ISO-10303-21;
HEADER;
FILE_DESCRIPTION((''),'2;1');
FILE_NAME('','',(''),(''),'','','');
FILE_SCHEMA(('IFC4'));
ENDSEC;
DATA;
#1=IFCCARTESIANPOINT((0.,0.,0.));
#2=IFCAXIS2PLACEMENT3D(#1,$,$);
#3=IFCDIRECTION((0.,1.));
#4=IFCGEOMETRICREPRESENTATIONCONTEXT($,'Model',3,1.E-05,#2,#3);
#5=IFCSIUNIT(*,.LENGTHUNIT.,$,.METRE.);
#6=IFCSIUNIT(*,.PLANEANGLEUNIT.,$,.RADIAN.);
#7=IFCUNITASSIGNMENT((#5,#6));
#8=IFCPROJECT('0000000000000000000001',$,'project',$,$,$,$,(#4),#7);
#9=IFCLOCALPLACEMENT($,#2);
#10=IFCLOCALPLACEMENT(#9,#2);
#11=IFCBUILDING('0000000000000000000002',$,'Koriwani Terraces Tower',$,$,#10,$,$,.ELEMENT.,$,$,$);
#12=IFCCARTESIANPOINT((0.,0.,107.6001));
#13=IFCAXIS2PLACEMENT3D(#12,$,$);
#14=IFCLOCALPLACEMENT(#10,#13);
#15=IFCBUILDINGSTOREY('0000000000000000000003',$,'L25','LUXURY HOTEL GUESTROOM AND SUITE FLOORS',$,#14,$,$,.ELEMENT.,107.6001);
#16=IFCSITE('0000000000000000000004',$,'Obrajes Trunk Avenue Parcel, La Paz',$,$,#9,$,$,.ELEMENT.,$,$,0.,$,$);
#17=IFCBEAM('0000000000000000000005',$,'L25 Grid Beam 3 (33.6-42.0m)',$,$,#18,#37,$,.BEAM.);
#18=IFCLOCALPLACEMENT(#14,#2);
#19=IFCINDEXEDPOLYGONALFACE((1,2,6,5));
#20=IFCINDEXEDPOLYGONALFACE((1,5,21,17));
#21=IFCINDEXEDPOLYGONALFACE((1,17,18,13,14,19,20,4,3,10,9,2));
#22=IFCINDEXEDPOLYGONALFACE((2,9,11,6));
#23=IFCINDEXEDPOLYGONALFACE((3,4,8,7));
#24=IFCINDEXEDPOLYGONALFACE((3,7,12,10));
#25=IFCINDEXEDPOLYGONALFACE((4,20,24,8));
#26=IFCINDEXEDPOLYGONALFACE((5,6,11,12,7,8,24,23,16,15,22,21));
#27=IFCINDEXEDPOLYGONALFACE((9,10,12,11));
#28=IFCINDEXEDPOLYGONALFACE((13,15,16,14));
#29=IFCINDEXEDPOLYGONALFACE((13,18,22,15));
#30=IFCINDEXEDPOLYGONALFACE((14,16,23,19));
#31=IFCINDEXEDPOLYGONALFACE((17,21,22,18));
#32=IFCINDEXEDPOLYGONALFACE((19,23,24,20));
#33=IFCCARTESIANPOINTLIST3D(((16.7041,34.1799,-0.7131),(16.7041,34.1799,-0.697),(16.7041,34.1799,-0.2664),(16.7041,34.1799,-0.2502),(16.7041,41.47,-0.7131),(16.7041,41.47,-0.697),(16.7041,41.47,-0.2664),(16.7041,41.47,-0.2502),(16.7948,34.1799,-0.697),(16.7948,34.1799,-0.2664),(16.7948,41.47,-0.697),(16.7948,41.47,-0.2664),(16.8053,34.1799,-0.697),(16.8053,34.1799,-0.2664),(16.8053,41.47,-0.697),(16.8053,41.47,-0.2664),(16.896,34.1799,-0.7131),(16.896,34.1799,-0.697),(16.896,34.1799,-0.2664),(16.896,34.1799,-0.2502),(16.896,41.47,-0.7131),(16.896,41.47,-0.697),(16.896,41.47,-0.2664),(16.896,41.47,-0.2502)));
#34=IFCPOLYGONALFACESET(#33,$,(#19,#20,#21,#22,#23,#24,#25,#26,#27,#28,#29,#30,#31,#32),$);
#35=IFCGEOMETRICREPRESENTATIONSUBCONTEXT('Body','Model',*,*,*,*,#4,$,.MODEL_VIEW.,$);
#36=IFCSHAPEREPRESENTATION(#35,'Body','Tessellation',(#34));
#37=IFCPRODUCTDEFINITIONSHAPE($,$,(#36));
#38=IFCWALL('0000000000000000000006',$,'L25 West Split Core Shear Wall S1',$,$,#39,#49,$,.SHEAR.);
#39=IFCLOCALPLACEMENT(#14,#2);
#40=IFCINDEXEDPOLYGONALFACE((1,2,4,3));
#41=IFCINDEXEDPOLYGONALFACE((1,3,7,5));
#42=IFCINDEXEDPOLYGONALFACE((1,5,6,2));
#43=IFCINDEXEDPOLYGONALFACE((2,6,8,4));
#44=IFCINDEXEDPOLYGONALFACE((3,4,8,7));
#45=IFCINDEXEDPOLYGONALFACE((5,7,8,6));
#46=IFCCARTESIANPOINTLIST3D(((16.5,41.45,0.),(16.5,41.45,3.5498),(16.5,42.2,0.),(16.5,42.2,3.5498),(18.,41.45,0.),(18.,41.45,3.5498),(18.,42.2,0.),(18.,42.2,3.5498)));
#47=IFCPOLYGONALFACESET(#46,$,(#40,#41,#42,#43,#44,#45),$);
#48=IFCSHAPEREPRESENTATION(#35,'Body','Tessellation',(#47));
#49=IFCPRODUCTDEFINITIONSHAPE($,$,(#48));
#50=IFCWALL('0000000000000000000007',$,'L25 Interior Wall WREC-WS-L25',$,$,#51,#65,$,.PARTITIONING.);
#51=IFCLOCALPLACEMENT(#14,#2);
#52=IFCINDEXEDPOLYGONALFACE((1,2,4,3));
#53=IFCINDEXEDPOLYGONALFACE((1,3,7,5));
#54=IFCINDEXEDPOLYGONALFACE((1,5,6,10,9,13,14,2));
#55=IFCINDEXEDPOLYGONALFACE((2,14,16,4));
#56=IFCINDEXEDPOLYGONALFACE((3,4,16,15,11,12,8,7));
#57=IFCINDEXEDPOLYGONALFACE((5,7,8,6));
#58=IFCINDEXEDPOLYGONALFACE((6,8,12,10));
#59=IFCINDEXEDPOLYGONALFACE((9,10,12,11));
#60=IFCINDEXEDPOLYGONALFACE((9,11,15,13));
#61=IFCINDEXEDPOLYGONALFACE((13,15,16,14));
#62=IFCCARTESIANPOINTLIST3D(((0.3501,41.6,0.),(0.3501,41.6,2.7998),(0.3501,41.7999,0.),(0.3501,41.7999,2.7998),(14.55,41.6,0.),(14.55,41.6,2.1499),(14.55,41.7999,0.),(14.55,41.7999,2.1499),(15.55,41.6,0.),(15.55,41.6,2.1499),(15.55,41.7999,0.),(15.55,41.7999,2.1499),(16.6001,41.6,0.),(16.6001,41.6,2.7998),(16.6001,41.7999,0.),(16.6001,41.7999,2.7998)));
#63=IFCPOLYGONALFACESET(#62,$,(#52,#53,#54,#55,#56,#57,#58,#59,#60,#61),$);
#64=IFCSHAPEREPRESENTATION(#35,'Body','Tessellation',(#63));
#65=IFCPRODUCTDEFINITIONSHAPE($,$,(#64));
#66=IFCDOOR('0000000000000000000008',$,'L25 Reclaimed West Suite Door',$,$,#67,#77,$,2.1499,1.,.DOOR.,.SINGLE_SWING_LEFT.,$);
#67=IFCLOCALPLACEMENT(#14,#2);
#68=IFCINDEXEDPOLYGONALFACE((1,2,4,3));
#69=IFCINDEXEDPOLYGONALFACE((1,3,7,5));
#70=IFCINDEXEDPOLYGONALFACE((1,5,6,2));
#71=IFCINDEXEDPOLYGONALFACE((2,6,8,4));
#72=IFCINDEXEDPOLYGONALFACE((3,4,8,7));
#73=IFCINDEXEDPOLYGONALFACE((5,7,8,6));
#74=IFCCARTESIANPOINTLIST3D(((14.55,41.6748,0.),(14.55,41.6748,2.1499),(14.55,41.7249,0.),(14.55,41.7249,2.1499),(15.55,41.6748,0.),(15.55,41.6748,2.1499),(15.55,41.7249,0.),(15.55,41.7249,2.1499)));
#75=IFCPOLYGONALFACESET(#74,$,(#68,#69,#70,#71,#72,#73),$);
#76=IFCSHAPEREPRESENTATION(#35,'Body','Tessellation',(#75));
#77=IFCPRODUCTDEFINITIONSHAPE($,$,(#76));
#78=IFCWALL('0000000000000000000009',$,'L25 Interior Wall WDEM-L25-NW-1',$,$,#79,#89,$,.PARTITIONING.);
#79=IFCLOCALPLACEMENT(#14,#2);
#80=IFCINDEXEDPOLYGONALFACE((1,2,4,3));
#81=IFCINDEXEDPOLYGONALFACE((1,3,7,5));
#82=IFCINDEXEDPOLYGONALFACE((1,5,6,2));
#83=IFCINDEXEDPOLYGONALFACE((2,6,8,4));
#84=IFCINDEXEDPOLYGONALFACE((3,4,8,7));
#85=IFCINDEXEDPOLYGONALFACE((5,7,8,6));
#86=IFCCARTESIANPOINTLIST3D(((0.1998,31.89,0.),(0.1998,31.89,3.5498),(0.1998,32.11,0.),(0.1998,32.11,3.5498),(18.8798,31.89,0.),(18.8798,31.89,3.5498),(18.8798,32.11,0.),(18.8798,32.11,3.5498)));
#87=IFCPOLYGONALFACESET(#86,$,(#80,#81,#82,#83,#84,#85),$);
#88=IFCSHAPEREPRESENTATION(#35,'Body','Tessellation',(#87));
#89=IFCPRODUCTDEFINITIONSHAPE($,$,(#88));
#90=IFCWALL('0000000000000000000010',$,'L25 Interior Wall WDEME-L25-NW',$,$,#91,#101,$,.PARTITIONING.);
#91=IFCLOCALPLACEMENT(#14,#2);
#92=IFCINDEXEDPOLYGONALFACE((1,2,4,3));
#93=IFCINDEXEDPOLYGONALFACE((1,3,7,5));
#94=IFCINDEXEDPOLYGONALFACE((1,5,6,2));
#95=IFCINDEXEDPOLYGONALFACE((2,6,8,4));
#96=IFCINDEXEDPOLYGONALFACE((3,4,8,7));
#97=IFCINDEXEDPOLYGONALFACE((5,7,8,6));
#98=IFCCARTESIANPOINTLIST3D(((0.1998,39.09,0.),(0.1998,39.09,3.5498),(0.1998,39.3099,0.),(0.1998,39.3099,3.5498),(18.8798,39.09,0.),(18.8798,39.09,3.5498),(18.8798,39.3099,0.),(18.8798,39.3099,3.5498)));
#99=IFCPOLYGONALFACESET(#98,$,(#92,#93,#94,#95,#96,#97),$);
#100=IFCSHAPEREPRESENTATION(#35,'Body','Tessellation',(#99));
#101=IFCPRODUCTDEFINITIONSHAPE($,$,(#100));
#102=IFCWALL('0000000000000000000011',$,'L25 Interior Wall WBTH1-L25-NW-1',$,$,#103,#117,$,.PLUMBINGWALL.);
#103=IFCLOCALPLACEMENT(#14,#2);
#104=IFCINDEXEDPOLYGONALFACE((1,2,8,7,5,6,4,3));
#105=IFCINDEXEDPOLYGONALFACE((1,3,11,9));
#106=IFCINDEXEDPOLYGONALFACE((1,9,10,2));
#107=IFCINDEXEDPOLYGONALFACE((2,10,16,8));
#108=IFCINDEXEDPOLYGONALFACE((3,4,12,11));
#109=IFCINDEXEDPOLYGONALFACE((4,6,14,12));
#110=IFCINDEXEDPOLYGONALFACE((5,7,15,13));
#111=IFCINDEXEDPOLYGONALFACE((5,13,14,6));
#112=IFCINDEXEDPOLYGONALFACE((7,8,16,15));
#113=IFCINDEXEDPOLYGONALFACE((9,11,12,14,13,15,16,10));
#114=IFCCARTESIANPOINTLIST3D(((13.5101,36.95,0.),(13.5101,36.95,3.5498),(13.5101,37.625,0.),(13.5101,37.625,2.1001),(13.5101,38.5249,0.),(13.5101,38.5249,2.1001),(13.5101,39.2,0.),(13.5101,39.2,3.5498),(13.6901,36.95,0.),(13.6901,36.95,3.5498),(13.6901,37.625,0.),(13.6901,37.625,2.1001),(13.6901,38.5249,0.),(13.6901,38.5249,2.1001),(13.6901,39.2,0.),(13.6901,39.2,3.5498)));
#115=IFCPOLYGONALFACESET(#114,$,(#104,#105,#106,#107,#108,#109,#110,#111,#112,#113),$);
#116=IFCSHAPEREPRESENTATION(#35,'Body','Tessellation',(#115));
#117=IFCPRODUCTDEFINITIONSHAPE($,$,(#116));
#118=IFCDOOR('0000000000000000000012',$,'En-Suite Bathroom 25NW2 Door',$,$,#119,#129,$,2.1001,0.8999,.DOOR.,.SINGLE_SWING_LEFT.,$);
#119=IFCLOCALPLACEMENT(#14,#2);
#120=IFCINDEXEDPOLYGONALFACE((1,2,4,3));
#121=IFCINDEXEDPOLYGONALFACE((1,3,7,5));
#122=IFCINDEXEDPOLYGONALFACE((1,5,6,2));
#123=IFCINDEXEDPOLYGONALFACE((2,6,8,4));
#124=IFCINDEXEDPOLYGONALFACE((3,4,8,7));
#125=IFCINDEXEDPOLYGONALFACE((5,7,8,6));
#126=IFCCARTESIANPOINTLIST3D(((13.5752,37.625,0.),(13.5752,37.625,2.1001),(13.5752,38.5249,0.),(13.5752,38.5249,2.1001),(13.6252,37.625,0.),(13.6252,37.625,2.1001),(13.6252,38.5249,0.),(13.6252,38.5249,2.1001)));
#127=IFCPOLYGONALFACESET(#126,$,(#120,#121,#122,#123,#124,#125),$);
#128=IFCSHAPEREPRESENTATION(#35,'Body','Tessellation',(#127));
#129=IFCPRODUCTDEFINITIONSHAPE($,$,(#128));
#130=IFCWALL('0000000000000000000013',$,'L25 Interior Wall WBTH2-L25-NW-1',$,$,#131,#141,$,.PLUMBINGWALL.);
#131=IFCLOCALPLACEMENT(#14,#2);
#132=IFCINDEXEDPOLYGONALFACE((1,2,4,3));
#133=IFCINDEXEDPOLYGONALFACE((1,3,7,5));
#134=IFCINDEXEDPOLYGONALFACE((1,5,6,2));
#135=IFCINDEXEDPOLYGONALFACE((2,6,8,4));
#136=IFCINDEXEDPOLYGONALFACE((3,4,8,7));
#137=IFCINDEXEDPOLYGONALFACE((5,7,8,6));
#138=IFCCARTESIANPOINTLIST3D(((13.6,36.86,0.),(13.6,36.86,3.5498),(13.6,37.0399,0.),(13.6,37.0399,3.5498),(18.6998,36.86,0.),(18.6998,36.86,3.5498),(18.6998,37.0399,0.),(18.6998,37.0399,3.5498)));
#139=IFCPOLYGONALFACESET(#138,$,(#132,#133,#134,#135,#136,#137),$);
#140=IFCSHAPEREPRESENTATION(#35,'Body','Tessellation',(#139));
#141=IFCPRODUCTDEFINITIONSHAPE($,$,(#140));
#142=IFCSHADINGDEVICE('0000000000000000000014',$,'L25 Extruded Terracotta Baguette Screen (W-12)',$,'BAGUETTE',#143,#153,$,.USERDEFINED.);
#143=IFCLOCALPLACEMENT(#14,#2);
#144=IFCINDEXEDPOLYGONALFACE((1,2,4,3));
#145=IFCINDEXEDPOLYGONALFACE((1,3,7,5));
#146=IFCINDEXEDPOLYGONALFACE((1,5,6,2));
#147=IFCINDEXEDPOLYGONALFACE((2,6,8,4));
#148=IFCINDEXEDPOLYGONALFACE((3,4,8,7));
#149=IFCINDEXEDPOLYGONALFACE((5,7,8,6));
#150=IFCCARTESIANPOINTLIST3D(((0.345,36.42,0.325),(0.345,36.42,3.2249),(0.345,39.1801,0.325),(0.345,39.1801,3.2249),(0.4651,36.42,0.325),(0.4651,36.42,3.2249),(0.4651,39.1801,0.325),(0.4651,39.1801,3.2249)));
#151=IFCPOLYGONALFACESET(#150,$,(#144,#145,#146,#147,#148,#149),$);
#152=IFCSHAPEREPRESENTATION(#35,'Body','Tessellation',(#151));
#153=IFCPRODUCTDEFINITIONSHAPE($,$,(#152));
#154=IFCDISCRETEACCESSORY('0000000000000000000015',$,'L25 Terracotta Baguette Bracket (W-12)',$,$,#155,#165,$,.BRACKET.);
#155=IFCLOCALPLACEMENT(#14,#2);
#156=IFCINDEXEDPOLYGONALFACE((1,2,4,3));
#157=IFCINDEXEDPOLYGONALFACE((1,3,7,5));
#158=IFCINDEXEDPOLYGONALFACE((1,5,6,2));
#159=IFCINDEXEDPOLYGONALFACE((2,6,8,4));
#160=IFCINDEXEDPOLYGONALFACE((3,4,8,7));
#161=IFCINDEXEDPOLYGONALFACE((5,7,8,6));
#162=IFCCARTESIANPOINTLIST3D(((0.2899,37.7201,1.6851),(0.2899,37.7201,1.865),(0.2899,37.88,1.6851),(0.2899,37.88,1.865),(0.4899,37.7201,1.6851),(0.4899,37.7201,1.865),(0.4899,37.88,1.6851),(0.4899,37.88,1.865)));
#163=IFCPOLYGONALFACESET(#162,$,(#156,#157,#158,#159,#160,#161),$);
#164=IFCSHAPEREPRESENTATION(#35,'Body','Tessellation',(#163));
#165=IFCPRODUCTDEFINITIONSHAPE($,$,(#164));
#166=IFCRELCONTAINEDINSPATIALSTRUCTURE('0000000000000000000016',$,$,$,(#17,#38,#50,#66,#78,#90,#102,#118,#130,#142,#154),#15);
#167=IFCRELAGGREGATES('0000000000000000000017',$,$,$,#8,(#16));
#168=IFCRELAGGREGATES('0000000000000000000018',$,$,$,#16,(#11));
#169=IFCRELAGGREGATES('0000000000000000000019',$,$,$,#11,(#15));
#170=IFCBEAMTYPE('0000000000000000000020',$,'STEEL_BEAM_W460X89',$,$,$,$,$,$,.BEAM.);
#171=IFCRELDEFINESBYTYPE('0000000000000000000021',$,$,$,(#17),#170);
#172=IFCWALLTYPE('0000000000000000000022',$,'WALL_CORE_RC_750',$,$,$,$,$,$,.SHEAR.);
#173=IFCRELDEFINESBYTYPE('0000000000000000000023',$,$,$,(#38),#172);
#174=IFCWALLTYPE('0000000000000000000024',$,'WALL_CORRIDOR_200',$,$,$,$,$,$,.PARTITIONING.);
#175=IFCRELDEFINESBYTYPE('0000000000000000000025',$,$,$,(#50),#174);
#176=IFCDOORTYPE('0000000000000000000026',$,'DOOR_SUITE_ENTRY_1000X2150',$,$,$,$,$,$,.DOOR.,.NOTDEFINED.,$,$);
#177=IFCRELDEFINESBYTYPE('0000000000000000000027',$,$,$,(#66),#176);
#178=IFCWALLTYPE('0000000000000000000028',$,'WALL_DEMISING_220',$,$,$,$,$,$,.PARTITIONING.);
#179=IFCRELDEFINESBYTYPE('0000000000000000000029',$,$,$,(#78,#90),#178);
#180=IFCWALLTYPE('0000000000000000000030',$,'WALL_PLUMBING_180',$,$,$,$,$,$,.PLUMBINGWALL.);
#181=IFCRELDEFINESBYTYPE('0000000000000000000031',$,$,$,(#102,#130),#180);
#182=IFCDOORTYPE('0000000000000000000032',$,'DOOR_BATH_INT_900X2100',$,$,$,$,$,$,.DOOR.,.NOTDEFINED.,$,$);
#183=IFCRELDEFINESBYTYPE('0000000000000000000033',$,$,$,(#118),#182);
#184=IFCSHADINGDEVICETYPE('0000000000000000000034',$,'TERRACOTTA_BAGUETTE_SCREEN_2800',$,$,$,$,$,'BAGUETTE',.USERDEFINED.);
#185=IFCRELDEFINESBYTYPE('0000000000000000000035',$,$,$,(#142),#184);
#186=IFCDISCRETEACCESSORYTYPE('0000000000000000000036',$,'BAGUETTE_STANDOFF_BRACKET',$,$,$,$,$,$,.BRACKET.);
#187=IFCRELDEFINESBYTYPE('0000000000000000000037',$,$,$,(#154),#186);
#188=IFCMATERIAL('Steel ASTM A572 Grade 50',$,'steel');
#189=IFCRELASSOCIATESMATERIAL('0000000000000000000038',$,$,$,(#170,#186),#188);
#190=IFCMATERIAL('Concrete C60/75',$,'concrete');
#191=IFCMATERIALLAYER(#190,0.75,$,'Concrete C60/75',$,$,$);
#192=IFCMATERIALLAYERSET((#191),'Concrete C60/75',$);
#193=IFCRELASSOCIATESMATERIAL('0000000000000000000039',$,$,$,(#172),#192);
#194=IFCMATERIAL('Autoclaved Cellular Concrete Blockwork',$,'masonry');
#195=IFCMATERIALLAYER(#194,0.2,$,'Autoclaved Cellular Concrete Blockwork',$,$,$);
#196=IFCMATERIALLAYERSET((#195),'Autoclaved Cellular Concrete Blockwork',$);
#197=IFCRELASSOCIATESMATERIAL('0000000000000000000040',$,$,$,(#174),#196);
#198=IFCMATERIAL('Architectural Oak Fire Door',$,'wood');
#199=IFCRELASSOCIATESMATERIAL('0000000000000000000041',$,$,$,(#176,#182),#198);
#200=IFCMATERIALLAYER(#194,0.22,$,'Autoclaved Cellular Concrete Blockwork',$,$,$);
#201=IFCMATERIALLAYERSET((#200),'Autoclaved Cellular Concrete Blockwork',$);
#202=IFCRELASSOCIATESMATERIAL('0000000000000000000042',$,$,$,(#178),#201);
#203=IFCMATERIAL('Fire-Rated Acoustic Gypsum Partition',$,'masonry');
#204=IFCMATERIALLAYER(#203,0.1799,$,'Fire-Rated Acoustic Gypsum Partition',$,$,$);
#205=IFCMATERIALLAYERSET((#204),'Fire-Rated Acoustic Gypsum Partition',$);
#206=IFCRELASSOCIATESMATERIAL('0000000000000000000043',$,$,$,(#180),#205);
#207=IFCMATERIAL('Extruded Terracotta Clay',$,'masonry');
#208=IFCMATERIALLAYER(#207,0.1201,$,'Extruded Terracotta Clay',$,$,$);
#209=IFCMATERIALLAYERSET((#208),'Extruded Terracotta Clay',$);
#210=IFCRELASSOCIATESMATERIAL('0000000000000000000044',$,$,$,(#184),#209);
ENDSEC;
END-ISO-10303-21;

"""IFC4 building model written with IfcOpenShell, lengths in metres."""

from ifc_helpers import new_model, si_unit, direction, frame, frame_2d, origin, origin_2d, place, context, subcontext, project, spatial, rectangle, i_section, extrude, material, layer, layer_set, material_profile, profile_set, type_object, element, fill, save


model = new_model("IFC4")

# Units and contexts
model_context = context("Model", 3, precision=1e-05, world=origin(), true_north=direction((0.0, 1.0)))
body_context = subcontext(model_context, "Body", "Model", "MODEL_VIEW")
ifc_project = project(units=[si_unit("LENGTHUNIT", "METRE"), si_unit("PLANEANGLEUNIT", "RADIAN")], contexts=[model_context])

# Site, building, storey
site_placement = place(None, origin())
site = spatial("IfcSite", under=ifc_project, at=site_placement, Name="Obrajes Trunk Avenue Parcel, La Paz", CompositionType="ELEMENT", RefElevation=0.0)
building_placement = place(site_placement, origin())
building = spatial("IfcBuilding", under=site, at=building_placement, Name="Koriwani Terraces Tower", CompositionType="ELEMENT")
storey_placement = place(building_placement, frame((0.0, 0.0, 107.6001)))
storey = spatial("IfcBuildingStorey", under=building, at=storey_placement, Name="L25", Description="LUXURY HOTEL GUESTROOM AND SUITE FLOORS", CompositionType="ELEMENT", Elevation=107.6001)

# Shared definitions
ifc_material_1 = material(Name="Concrete C60/75", Category="concrete")

# Beam
ifc_material_2 = material(Name="Steel ASTM A572 Grade 50", Category="steel")
ifc_material_profile_1 = material_profile(ifc_material_2, i_section(OverallWidth=0.1919, OverallDepth=0.4629, WebThickness=0.0105, FlangeThickness=0.0161, at=origin_2d()), Name="Steel ASTM A572 Grade 50", Category="LoadBearing")
ifc_profile_set_1 = profile_set([ifc_material_profile_1], Name="Steel ASTM A572 Grade 50")
beam_type_1 = type_object("IfcBeamType", Name="STEEL_BEAM_W460X89", PredefinedType="BEAM", material=ifc_profile_set_1)
beam_1_placement = place(storey_placement, frame((16.8, 34.1799, -0.4817), z_axis=(0.0, 1.0, 0.0), x_axis=(-1.0, 0.0, 0.0)))
element("IfcBeam", 1, at=beam_1_placement, inside=storey, type_object=beam_type_1, Name="L25 Grid Beam 3 (33.6-42.0m)", PredefinedType="BEAM", context=body_context, shape_type="SweptSolid", body=[
    extrude(i_section(OverallWidth=0.1919, OverallDepth=0.4629, WebThickness=0.0105, FlangeThickness=0.0161, at=origin_2d()), origin(), (0.0, 0.0, 1.0), 7.29),
])

# Wall
ifc_layer_1 = layer(ifc_material_1, 0.75, Name="Concrete C60/75")
ifc_layer_set_1 = layer_set([ifc_layer_1], Name="Concrete C60/75")
wall_type_1 = type_object("IfcWallType", Name="WALL_CORE_RC_750", PredefinedType="SHEAR", material=ifc_layer_set_1)
wall_1_placement = place(storey_placement, frame((16.5, 41.825, 0.0), z_axis=(0.0, 0.0, 1.0), x_axis=(1.0, 0.0, 0.0)))
element("IfcWall", 2, at=wall_1_placement, inside=storey, type_object=wall_type_1, Name="L25 West Split Core Shear Wall S1", PredefinedType="SHEAR", context=body_context, shape_type="SweptSolid", body=[
    extrude(rectangle(XDim=1.5, YDim=0.75, at=frame_2d((0.75, 0.0))), origin(), (0.0, 0.0, 1.0), 3.5498),
])

# Wall, opening, door
ifc_material_3 = material(Name="Autoclaved Cellular Concrete Blockwork", Category="masonry")
ifc_layer_2 = layer(ifc_material_3, 0.2, Name="Autoclaved Cellular Concrete Blockwork")
ifc_layer_set_2 = layer_set([ifc_layer_2], Name="Autoclaved Cellular Concrete Blockwork")
wall_type_2 = type_object("IfcWallType", Name="WALL_CORRIDOR_200", PredefinedType="PARTITIONING", material=ifc_layer_set_2)
wall_2_placement = place(storey_placement, frame((0.3501, 41.7, 0.0), z_axis=(0.0, 0.0, 1.0), x_axis=(1.0, 0.0, 0.0)))
wall_2 = element("IfcWall", 3, at=wall_2_placement, inside=storey, type_object=wall_type_2, Name="L25 Interior Wall WREC-WS-L25", PredefinedType="PARTITIONING", context=body_context, shape_type="SweptSolid", body=[
    extrude(rectangle(XDim=16.25, YDim=0.2, at=frame_2d((8.125, 0.0))), origin(), (0.0, 0.0, 1.0), 2.7998),
])
opening_1_placement = place(wall_2_placement, frame((14.2, 0.0, 0.0)))
opening_1 = element("IfcOpeningElement", 4, at=opening_1_placement, cuts=wall_2, PredefinedType="OPENING", context=body_context, shape_type="SweptSolid", body=[
    extrude(rectangle(XDim=1.0, YDim=2.1499, at=frame_2d((0.5, 1.075))), frame((0.0, 0.1099, 0.0), z_axis=(0.0, -1.0, 0.0), x_axis=(1.0, 0.0, 0.0)), (0.0, 0.0, 1.0), 0.22),
])
ifc_material_4 = material(Name="Architectural Oak Fire Door", Category="wood")
door_type_1 = type_object("IfcDoorType", Name="DOOR_SUITE_ENTRY_1000X2150", OperationType="NOTDEFINED", PredefinedType="DOOR", material=ifc_material_4)
door_1_placement = place(opening_1_placement, origin())
door_1 = element("IfcDoor", 5, at=door_1_placement, inside=storey, type_object=door_type_1, Name="L25 Reclaimed West Suite Door", OperationType="SINGLE_SWING_LEFT", OverallHeight=2.1499, OverallWidth=1.0, PredefinedType="DOOR", context=body_context, shape_type="SweptSolid", body=[
    extrude(rectangle(XDim=1.0, YDim=2.1499, at=frame_2d((0.5, 1.075))), frame((0.0, 0.0249, 0.0), z_axis=(0.0, -1.0, 0.0), x_axis=(1.0, 0.0, 0.0)), (0.0, 0.0, 1.0), 0.05),
])
fill(opening_1, door_1)

# Walls
ifc_layer_3 = layer(ifc_material_3, 0.22, Name="Autoclaved Cellular Concrete Blockwork")
ifc_layer_set_3 = layer_set([ifc_layer_3], Name="Autoclaved Cellular Concrete Blockwork")
wall_type_3 = type_object("IfcWallType", Name="WALL_DEMISING_220", PredefinedType="PARTITIONING", material=ifc_layer_set_3)
for number, where, z_axis, x_axis, name in (
    (6, (0.2, 32.0, 0.0), (0.0, 0.0, 1.0), (1.0, 0.0, 0.0), "L25 Interior Wall WDEM-L25-NW-1"),
    (7, (0.2, 39.2, 0.0), (0.0, 0.0, 1.0), (1.0, 0.0, 0.0), "L25 Interior Wall WDEME-L25-NW"),
):
    element("IfcWall", number, at=place(storey_placement, frame(where, z_axis=z_axis, x_axis=x_axis)), inside=storey, type_object=wall_type_3, Name=name, PredefinedType="PARTITIONING", context=body_context, shape_type="SweptSolid", body=[
        extrude(rectangle(XDim=18.6799, YDim=0.22, at=frame_2d((9.3398, 0.0))), origin(), (0.0, 0.0, 1.0), 3.5498),
    ])

# Wall, opening, door
ifc_material_5 = material(Name="Fire-Rated Acoustic Gypsum Partition", Category="masonry")
ifc_layer_4 = layer(ifc_material_5, 0.1799, Name="Fire-Rated Acoustic Gypsum Partition")
ifc_layer_set_4 = layer_set([ifc_layer_4], Name="Fire-Rated Acoustic Gypsum Partition")
wall_type_4 = type_object("IfcWallType", Name="WALL_PLUMBING_180", PredefinedType="PLUMBINGWALL", material=ifc_layer_set_4)
wall_3_placement = place(storey_placement, frame((13.6001, 36.95, 0.0), z_axis=(0.0, 0.0, 1.0), x_axis=(0.0, 1.0, 0.0)))
wall_3 = element("IfcWall", 8, at=wall_3_placement, inside=storey, type_object=wall_type_4, Name="L25 Interior Wall WBTH1-L25-NW-1", PredefinedType="PLUMBINGWALL", context=body_context, shape_type="SweptSolid", body=[
    extrude(rectangle(XDim=2.25, YDim=0.1799, at=frame_2d((1.125, 0.0))), origin(), (0.0, 0.0, 1.0), 3.5498),
])
opening_2_placement = place(wall_3_placement, frame((0.675, 0.0, 0.0)))
opening_2 = element("IfcOpeningElement", 9, at=opening_2_placement, cuts=wall_3, PredefinedType="OPENING", context=body_context, shape_type="SweptSolid", body=[
    extrude(rectangle(XDim=0.8999, YDim=2.1001, at=frame_2d((0.45, 1.05))), frame((0.0, 0.1001, 0.0), z_axis=(0.0, -1.0, 0.0), x_axis=(1.0, 0.0, 0.0)), (0.0, 0.0, 1.0), 0.2),
])
door_type_2 = type_object("IfcDoorType", Name="DOOR_BATH_INT_900X2100", OperationType="NOTDEFINED", PredefinedType="DOOR", material=ifc_material_4)
door_2_placement = place(opening_2_placement, origin())
door_2 = element("IfcDoor", 10, at=door_2_placement, inside=storey, type_object=door_type_2, Name="En-Suite Bathroom 25NW2 Door", OperationType="SINGLE_SWING_LEFT", OverallHeight=2.1001, OverallWidth=0.8999, PredefinedType="DOOR", context=body_context, shape_type="SweptSolid", body=[
    extrude(rectangle(XDim=0.8999, YDim=2.1001, at=frame_2d((0.45, 1.05))), frame((0.0, 0.0249, 0.0), z_axis=(0.0, -1.0, 0.0), x_axis=(1.0, 0.0, 0.0)), (0.0, 0.0, 1.0), 0.05),
])
fill(opening_2, door_2)

# Wall
wall_4_placement = place(storey_placement, frame((13.6001, 36.95, 0.0), z_axis=(0.0, 0.0, 1.0), x_axis=(1.0, 0.0, 0.0)))
element("IfcWall", 11, at=wall_4_placement, inside=storey, type_object=wall_type_4, Name="L25 Interior Wall WBTH2-L25-NW-1", PredefinedType="PLUMBINGWALL", context=body_context, shape_type="SweptSolid", body=[
    extrude(rectangle(XDim=5.0999, YDim=0.1799, at=frame_2d((2.5498, 0.0))), origin(), (0.0, 0.0, 1.0), 3.5498),
])

# Shading device
ifc_material_6 = material(Name="Extruded Terracotta Clay", Category="masonry")
ifc_layer_5 = layer(ifc_material_6, 0.1201, Name="Extruded Terracotta Clay")
ifc_layer_set_5 = layer_set([ifc_layer_5], Name="Extruded Terracotta Clay")
shading_device_type = type_object("IfcShadingDeviceType", Name="TERRACOTTA_BAGUETTE_SCREEN_2800", ElementType="BAGUETTE", PredefinedType="USERDEFINED", material=ifc_layer_set_5)
shading_device_placement = place(storey_placement, frame((0.405, 37.8, 0.325), z_axis=(0.0, 0.0, 1.0), x_axis=(0.0, 1.0, 0.0)))
element("IfcShadingDevice", 12, at=shading_device_placement, inside=storey, type_object=shading_device_type, Name="L25 Extruded Terracotta Baguette Screen (W-12)", ObjectType="BAGUETTE", PredefinedType="USERDEFINED", context=body_context, shape_type="SweptSolid", body=[
    extrude(rectangle(XDim=2.76, YDim=0.1201, at=origin_2d()), origin(), (0.0, 0.0, 1.0), 2.8999),
])

# Discrete accessory
discrete_accessory_type = type_object("IfcDiscreteAccessoryType", Name="BAGUETTE_STANDOFF_BRACKET", PredefinedType="BRACKET", material=ifc_material_2)
discrete_accessory_placement = place(storey_placement, frame((0.3899, 37.8, 1.6851), z_axis=(0.0, 0.0, 1.0), x_axis=(0.0, 1.0, 0.0)))
element("IfcDiscreteAccessory", 13, at=discrete_accessory_placement, inside=storey, type_object=discrete_accessory_type, Name="L25 Terracotta Baguette Bracket (W-12)", PredefinedType="BRACKET", context=body_context, shape_type="SweptSolid", body=[
    extrude(rectangle(XDim=0.1599, YDim=0.2, at=origin_2d()), origin(), (0.0, 0.0, 1.0), 0.1799),
])

save(model, "model.ifc")
